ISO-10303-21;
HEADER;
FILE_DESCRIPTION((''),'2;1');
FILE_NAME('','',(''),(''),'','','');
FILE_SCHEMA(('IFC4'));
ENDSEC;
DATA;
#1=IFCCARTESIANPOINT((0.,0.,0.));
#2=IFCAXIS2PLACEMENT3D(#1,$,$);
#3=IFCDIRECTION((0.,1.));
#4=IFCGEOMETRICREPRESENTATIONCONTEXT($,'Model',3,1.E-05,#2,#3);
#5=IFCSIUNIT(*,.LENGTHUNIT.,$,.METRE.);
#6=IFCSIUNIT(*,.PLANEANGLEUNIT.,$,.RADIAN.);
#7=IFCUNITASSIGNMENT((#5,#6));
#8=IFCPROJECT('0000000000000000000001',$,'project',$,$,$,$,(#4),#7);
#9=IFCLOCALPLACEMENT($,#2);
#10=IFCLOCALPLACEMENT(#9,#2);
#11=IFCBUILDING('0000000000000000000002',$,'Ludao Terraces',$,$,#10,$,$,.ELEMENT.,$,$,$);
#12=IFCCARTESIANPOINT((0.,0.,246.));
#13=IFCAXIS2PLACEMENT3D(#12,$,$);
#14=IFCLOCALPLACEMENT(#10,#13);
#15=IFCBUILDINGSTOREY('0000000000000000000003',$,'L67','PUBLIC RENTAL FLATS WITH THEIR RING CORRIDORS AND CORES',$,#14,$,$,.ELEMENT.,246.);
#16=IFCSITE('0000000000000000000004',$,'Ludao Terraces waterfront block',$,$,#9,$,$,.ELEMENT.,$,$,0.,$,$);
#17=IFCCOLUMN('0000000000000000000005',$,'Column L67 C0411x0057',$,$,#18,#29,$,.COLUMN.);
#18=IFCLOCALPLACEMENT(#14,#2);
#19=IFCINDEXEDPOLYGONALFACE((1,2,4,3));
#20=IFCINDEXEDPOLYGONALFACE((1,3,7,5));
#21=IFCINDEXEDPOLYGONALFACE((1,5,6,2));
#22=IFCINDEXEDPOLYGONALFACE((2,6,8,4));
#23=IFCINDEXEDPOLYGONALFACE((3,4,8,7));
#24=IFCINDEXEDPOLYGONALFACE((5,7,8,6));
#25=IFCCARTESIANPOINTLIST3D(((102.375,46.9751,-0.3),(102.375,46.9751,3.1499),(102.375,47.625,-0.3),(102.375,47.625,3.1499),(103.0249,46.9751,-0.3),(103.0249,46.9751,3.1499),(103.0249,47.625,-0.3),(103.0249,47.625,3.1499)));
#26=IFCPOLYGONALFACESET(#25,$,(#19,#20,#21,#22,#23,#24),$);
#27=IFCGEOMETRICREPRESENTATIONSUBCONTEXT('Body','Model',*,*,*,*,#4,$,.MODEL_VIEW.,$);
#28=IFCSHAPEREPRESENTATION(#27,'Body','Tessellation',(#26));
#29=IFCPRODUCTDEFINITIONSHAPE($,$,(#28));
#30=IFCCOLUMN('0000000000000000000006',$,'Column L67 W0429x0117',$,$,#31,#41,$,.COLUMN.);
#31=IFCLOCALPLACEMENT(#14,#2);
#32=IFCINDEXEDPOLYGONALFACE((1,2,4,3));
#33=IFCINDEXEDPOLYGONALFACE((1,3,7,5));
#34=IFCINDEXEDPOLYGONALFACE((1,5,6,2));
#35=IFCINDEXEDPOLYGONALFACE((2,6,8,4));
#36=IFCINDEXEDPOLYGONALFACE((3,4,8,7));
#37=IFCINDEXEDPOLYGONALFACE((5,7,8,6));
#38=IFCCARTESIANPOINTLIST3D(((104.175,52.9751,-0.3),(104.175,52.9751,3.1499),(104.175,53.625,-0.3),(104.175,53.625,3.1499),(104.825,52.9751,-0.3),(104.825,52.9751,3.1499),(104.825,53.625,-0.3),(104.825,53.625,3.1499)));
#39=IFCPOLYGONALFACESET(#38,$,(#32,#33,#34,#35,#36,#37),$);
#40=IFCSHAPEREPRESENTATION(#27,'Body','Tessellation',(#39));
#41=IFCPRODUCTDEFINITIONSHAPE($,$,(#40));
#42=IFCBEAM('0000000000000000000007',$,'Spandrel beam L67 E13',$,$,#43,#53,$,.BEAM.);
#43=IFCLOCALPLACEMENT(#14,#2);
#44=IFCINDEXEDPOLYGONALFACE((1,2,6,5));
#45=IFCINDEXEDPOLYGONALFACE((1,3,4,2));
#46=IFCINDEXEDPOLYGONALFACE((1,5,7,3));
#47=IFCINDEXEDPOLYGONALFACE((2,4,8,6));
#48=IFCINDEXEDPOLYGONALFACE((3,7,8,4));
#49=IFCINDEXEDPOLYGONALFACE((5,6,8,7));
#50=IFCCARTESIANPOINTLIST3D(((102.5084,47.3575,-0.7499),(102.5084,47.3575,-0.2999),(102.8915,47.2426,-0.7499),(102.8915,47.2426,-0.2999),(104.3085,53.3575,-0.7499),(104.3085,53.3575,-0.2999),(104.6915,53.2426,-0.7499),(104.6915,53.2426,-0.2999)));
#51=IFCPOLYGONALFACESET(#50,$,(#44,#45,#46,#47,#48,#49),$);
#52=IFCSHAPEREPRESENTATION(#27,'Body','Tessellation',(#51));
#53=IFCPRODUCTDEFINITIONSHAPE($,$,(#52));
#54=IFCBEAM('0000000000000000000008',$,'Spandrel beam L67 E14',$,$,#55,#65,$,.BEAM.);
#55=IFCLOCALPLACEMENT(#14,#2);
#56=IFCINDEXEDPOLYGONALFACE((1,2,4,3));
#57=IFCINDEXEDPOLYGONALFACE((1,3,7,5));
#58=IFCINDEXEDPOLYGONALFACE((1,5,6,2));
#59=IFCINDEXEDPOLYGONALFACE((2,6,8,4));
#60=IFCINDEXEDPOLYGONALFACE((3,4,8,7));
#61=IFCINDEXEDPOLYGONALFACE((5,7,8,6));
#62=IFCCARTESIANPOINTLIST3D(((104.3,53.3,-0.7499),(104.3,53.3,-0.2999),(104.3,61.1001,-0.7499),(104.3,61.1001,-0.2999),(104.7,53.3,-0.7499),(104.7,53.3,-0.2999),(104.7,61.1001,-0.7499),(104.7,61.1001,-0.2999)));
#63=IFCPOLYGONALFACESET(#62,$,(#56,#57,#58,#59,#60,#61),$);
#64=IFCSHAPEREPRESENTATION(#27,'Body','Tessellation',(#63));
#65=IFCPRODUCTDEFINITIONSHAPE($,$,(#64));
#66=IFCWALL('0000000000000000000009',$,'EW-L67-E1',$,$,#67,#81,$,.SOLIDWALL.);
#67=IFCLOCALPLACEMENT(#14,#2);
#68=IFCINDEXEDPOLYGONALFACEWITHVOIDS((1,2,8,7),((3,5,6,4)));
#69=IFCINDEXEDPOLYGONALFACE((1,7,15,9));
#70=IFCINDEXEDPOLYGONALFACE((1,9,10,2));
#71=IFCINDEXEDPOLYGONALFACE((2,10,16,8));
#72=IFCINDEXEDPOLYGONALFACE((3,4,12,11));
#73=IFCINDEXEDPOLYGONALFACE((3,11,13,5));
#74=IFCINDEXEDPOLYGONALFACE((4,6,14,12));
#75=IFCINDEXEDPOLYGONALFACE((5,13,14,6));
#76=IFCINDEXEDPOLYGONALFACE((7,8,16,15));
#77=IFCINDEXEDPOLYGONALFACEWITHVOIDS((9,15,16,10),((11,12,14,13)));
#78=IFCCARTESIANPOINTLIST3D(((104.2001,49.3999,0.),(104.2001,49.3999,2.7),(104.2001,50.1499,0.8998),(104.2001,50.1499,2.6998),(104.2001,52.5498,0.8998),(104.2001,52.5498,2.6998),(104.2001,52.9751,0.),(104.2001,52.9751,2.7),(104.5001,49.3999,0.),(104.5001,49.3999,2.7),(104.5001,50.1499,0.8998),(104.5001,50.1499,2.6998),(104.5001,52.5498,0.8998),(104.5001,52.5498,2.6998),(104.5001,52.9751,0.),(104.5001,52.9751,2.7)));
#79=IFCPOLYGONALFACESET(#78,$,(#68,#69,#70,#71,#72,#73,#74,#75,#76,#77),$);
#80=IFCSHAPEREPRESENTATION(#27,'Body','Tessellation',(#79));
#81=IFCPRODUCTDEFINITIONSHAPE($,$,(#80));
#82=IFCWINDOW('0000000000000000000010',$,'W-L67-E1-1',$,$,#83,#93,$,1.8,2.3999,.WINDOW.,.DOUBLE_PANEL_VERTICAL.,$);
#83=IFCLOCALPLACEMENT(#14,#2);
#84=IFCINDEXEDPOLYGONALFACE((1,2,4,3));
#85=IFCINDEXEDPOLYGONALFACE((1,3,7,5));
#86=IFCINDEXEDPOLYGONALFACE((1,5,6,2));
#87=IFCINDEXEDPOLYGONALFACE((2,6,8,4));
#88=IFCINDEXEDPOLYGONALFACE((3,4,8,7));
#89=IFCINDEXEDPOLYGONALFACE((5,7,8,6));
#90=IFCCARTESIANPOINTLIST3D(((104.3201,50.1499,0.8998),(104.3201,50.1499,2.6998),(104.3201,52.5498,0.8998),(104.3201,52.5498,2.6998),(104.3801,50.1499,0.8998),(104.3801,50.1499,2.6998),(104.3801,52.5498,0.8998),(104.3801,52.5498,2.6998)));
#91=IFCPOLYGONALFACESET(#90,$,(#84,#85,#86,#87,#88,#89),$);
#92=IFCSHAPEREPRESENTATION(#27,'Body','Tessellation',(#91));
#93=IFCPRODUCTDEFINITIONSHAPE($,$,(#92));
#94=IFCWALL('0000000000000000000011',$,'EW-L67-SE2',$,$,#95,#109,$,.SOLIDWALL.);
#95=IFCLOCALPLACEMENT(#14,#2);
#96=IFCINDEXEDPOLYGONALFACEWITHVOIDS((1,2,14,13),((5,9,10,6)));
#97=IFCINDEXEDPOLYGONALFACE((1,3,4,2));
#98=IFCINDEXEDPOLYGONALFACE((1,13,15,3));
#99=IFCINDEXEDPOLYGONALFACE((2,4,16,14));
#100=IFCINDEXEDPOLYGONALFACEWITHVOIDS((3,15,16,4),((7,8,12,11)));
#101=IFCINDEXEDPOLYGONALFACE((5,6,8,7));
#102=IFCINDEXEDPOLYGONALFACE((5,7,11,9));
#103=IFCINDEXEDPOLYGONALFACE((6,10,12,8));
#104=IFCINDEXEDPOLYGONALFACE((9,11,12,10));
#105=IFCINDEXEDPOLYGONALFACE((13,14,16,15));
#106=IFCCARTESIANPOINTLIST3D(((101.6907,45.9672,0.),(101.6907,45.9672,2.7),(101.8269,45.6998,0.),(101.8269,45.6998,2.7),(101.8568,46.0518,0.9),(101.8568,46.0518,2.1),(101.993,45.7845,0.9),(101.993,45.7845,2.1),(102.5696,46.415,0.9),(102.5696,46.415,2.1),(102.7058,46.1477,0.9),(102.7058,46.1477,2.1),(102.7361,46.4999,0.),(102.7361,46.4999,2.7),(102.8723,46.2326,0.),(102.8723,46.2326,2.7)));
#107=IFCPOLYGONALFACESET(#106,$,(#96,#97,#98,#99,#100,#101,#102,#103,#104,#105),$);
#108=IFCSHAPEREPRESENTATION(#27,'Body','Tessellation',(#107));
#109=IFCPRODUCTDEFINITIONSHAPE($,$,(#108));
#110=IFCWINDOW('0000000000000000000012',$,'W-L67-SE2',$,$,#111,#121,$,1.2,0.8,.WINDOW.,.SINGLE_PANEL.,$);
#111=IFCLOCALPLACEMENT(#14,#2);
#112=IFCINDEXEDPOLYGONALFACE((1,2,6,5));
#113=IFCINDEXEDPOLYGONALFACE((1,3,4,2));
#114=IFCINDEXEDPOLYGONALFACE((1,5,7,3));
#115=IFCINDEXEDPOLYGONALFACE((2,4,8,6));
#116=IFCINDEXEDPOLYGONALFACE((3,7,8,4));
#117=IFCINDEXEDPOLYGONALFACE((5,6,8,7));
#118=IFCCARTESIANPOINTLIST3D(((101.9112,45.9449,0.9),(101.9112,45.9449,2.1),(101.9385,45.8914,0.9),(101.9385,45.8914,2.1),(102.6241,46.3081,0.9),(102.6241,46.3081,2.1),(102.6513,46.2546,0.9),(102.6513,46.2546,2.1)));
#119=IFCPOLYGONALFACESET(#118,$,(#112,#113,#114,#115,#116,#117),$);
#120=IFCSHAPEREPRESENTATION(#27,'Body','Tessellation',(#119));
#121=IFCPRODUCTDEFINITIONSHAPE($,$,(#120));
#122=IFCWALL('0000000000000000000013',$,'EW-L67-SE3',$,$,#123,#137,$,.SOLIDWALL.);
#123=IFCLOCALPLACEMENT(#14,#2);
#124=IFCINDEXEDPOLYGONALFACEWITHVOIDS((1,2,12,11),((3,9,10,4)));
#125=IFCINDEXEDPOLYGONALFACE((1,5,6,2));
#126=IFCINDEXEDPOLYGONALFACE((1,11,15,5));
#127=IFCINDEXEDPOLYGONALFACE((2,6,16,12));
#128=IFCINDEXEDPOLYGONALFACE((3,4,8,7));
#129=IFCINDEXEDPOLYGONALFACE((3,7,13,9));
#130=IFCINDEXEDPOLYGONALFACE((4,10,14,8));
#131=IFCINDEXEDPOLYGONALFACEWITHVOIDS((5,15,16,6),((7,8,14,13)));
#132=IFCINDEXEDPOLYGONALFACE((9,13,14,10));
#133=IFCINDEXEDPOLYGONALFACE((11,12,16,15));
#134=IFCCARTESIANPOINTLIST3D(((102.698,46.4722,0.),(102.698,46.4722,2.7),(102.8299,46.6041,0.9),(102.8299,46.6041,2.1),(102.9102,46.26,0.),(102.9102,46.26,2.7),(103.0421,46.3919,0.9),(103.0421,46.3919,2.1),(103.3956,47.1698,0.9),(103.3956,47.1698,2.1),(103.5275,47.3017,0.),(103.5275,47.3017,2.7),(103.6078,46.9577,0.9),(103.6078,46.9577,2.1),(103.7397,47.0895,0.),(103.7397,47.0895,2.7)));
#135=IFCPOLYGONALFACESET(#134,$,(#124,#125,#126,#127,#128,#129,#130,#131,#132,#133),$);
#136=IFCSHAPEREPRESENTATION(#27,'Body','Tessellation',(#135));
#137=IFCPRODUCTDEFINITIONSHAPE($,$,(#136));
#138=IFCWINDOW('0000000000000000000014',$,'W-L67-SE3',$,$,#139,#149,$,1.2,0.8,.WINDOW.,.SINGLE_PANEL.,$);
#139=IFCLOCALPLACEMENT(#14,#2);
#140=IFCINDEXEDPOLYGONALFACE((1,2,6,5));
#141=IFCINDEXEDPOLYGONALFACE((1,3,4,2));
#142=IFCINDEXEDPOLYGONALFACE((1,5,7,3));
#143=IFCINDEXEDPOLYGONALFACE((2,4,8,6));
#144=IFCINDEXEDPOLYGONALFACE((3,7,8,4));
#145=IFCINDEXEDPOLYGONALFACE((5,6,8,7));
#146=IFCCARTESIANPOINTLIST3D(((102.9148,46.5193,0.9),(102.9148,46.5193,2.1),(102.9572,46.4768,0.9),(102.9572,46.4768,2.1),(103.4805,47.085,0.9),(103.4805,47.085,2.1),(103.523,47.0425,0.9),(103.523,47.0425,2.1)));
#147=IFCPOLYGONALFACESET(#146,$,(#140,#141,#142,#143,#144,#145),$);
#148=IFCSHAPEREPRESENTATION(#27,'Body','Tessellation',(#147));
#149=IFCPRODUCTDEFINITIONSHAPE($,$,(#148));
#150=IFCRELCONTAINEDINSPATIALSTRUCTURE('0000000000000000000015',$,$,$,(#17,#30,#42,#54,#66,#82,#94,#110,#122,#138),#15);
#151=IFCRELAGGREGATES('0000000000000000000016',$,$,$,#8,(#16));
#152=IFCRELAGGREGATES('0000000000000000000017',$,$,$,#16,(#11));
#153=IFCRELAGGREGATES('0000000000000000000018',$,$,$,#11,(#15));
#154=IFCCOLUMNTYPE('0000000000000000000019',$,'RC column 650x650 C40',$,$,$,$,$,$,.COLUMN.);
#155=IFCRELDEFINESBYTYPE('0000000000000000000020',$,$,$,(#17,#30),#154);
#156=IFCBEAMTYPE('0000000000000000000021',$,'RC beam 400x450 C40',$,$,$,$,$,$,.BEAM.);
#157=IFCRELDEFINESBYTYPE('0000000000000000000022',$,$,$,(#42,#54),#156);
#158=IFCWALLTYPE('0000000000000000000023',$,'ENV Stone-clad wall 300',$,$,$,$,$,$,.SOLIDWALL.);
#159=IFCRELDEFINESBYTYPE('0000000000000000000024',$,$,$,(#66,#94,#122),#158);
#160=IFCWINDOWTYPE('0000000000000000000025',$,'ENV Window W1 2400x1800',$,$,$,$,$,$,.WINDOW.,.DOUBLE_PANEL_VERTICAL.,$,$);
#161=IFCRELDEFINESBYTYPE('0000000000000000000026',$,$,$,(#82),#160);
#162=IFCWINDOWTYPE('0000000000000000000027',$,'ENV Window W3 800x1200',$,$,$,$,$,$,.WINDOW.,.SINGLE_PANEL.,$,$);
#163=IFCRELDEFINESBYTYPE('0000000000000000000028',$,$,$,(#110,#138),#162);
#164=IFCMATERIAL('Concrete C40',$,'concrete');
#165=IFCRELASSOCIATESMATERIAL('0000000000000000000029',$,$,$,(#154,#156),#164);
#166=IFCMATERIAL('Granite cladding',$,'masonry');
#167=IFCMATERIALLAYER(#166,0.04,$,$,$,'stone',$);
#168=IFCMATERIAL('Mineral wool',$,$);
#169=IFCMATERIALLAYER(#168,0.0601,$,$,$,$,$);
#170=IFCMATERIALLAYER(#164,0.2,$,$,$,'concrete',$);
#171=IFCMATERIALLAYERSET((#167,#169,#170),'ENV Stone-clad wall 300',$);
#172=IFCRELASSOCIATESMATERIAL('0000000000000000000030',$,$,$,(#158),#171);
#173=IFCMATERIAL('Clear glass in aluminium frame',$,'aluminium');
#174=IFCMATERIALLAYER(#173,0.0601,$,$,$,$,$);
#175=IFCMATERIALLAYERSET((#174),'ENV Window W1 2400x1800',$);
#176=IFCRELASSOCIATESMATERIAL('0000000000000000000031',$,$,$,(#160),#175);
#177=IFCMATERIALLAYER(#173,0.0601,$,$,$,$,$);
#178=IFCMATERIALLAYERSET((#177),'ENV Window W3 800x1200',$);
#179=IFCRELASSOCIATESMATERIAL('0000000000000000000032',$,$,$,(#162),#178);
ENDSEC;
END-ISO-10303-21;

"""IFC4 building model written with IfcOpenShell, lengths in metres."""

from ifc_helpers import new_model, si_unit, direction, frame, frame_2d, origin, origin_2d, place, context, subcontext, project, spatial, rectangle, extrude, material, layer, layer_set, material_profile, profile_set, type_object, element, fill, save


model = new_model("IFC4")

# Units and contexts
model_context = context("Model", 3, precision=1e-05, world=origin(), true_north=direction((0.0, 1.0)))
body_context = subcontext(model_context, "Body", "Model", "MODEL_VIEW")
ifc_project = project(units=[si_unit("LENGTHUNIT", "METRE"), si_unit("PLANEANGLEUNIT", "RADIAN")], contexts=[model_context])

# Site, building, storey
site_placement = place(None, origin())
site = spatial("IfcSite", under=ifc_project, at=site_placement, Name="Ludao Terraces waterfront block", CompositionType="ELEMENT", RefElevation=0.0)
building_placement = place(site_placement, origin())
building = spatial("IfcBuilding", under=site, at=building_placement, Name="Ludao Terraces", CompositionType="ELEMENT")
storey_placement = place(building_placement, frame((0.0, 0.0, 246.0)))
storey = spatial("IfcBuildingStorey", under=building, at=storey_placement, Name="L67", Description="PUBLIC RENTAL FLATS WITH THEIR RING CORRIDORS AND CORES", CompositionType="ELEMENT", Elevation=246.0)

# Columns
ifc_material_1 = material(Name="Concrete C40", Category="concrete")
ifc_material_profile_1 = material_profile(ifc_material_1, rectangle(XDim=0.6499, YDim=0.6499, at=origin_2d()), Name="650 X 650")
ifc_profile_set_1 = profile_set([ifc_material_profile_1], Name="Concrete C40")
column_type = type_object("IfcColumnType", Name="RC column 650x650 C40", PredefinedType="COLUMN", material=ifc_profile_set_1)
for number, where, z_axis, x_axis, name in (
    (1, (102.7, 47.3, -0.3), (0.0, 0.0, 1.0), (1.0, 0.0, 0.0), "Column L67 C0411x0057"),
    (2, (104.5, 53.3, -0.3), (0.0, 0.0, 1.0), (1.0, 0.0, 0.0), "Column L67 W0429x0117"),
):
    element("IfcColumn", number, at=place(storey_placement, frame(where, z_axis=z_axis, x_axis=x_axis)), inside=storey, type_object=column_type, Name=name, PredefinedType="COLUMN", context=body_context, shape_type="SweptSolid", body=[
        extrude(rectangle(XDim=0.6499, YDim=0.6499, at=origin_2d()), origin(), (0.0, 0.0, 1.0), 3.45),
    ])

# Beams
ifc_material_profile_2 = material_profile(ifc_material_1, rectangle(XDim=0.3999, YDim=0.45, at=origin_2d()), Name="400 X 450")
ifc_profile_set_2 = profile_set([ifc_material_profile_2], Name="Concrete C40")
beam_type = type_object("IfcBeamType", Name="RC beam 400x450 C40", PredefinedType="BEAM", material=ifc_profile_set_2)
beam_1_placement = place(storey_placement, frame((102.7, 47.3, -0.5249), z_axis=(0.287355, 0.957824, 0.0), x_axis=(-0.957824, 0.287355, 0.0)))
element("IfcBeam", 3, at=beam_1_placement, inside=storey, type_object=beam_type, Name="Spandrel beam L67 E13", PredefinedType="BEAM", context=body_context, shape_type="SweptSolid", body=[
    extrude(rectangle(XDim=0.3999, YDim=0.45, at=origin_2d()), origin(), (0.0, 0.0, 1.0), 6.2642),
])
beam_2_placement = place(storey_placement, frame((104.5, 53.3, -0.5249), z_axis=(0.0, 1.0, 0.0), x_axis=(-1.0, 0.0, 0.0)))
element("IfcBeam", 4, at=beam_2_placement, inside=storey, type_object=beam_type, Name="Spandrel beam L67 E14", PredefinedType="BEAM", context=body_context, shape_type="SweptSolid", body=[
    extrude(rectangle(XDim=0.3999, YDim=0.45, at=origin_2d()), origin(), (0.0, 0.0, 1.0), 7.8),
])

# Walls, openings, windows
ifc_material_2 = material(Name="Granite cladding", Category="masonry")
ifc_layer_1 = layer(ifc_material_2, 0.04, Category="stone")
ifc_material_3 = material(Name="Mineral wool")
ifc_layer_2 = layer(ifc_material_3, 0.0601)
ifc_layer_3 = layer(ifc_material_1, 0.2, Category="concrete")
ifc_layer_set_1 = layer_set([ifc_layer_1, ifc_layer_2, ifc_layer_3], Name="ENV Stone-clad wall 300")
wall_type = type_object("IfcWallType", Name="ENV Stone-clad wall 300", PredefinedType="SOLIDWALL", material=ifc_layer_set_1)
wall_1_placement = place(storey_placement, frame((104.3501, 49.3999, 0.0), z_axis=(0.0, 0.0, 1.0), x_axis=(0.0, 1.0, 0.0)))
wall_1 = element("IfcWall", 5, at=wall_1_placement, inside=storey, type_object=wall_type, Name="EW-L67-E1", PredefinedType="SOLIDWALL", context=body_context, shape_type="SweptSolid", body=[
    extrude(rectangle(XDim=3.5752, YDim=0.3, at=frame_2d((1.7876, 0.0))), origin(), (0.0, 0.0, 1.0), 2.7),
])
opening_1_placement = place(wall_1_placement, frame((0.75, 0.0, 0.8999)))
opening_1 = element("IfcOpeningElement", 6, at=opening_1_placement, cuts=wall_1, PredefinedType="OPENING", context=body_context, shape_type="SweptSolid", body=[
    extrude(rectangle(XDim=2.3999, YDim=1.8, at=frame_2d((1.2, 0.8999))), frame((0.0, 0.1602, 0.0), z_axis=(0.0, -1.0, 0.0), x_axis=(1.0, 0.0, 0.0)), (0.0, 0.0, 1.0), 0.3201),
])
ifc_material_4 = material(Name="Clear glass in aluminium frame", Category="aluminium")
ifc_layer_4 = layer(ifc_material_4, 0.0601)
ifc_layer_set_2 = layer_set([ifc_layer_4], Name="ENV Window W1 2400x1800")
window_type_1 = type_object("IfcWindowType", Name="ENV Window W1 2400x1800", PartitioningType="DOUBLE_PANEL_VERTICAL", PredefinedType="WINDOW", material=ifc_layer_set_2)
window_1_placement = place(opening_1_placement, origin())
window_1 = element("IfcWindow", 7, at=window_1_placement, inside=storey, type_object=window_type_1, Name="W-L67-E1-1", OverallHeight=1.8, OverallWidth=2.3999, PartitioningType="DOUBLE_PANEL_VERTICAL", PredefinedType="WINDOW", context=body_context, shape_type="SweptSolid", body=[
    extrude(rectangle(XDim=2.3999, YDim=1.8, at=frame_2d((1.2, 0.8999))), frame((0.0, 0.03, 0.0), z_axis=(0.0, -1.0, 0.0), x_axis=(1.0, 0.0, 0.0)), (0.0, 0.0, 1.0), 0.0601),
])
fill(opening_1, window_1)
wall_2_placement = place(storey_placement, frame((101.7588, 45.8335, 0.0), z_axis=(0.0, 0.0, 1.0), x_axis=(0.890989, 0.454026, 0.0)))
wall_2 = element("IfcWall", 8, at=wall_2_placement, inside=storey, type_object=wall_type, Name="EW-L67-SE2", PredefinedType="SOLIDWALL", context=body_context, shape_type="SweptSolid", body=[
    extrude(rectangle(XDim=1.1733, YDim=0.3, at=frame_2d((0.5867, 0.0))), origin(), (0.0, 0.0, 1.0), 2.7),
])
opening_2_placement = place(wall_2_placement, frame((0.1865, 0.0, 0.8999)))
opening_2 = element("IfcOpeningElement", 9, at=opening_2_placement, cuts=wall_2, PredefinedType="OPENING", context=body_context, shape_type="SweptSolid", body=[
    extrude(rectangle(XDim=0.8, YDim=1.2, at=frame_2d((0.3999, 0.6001))), frame((0.0, 0.1602, 0.0), z_axis=(0.0, -1.0, 0.0), x_axis=(1.0, 0.0, 0.0)), (0.0, 0.0, 1.0), 0.3201),
])
ifc_layer_5 = layer(ifc_material_4, 0.0601)
ifc_layer_set_3 = layer_set([ifc_layer_5], Name="ENV Window W3 800x1200")
window_type_2 = type_object("IfcWindowType", Name="ENV Window W3 800x1200", PartitioningType="SINGLE_PANEL", PredefinedType="WINDOW", material=ifc_layer_set_3)
window_2_placement = place(opening_2_placement, origin())
window_2 = element("IfcWindow", 10, at=window_2_placement, inside=storey, type_object=window_type_2, Name="W-L67-SE2", OverallHeight=1.2, OverallWidth=0.8, PartitioningType="SINGLE_PANEL", PredefinedType="WINDOW", context=body_context, shape_type="SweptSolid", body=[
    extrude(rectangle(XDim=0.8, YDim=1.2, at=frame_2d((0.3999, 0.6001))), frame((0.0, 0.03, 0.0), z_axis=(0.0, -1.0, 0.0), x_axis=(1.0, 0.0, 0.0)), (0.0, 0.0, 1.0), 0.0601),
])
fill(opening_2, window_2)
wall_3_placement = place(storey_placement, frame((102.8042, 46.3662, 0.0), z_axis=(0.0, 0.0, 1.0), x_axis=(0.707107, 0.707107, 0.0)))
wall_3 = element("IfcWall", 11, at=wall_3_placement, inside=storey, type_object=wall_type, Name="EW-L67-SE3", PredefinedType="SOLIDWALL", context=body_context, shape_type="SweptSolid", body=[
    extrude(rectangle(XDim=1.1731, YDim=0.3, at=frame_2d((0.5864, 0.0))), origin(), (0.0, 0.0, 1.0), 2.7),
])
opening_3_placement = place(wall_3_placement, frame((0.1865, 0.0, 0.8999)))
opening_3 = element("IfcOpeningElement", 12, at=opening_3_placement, cuts=wall_3, PredefinedType="OPENING", context=body_context, shape_type="SweptSolid", body=[
    extrude(rectangle(XDim=0.8, YDim=1.2, at=frame_2d((0.3999, 0.6001))), frame((0.0, 0.1602, 0.0), z_axis=(0.0, -1.0, 0.0), x_axis=(1.0, 0.0, 0.0)), (0.0, 0.0, 1.0), 0.3201),
])
window_3_placement = place(opening_3_placement, origin())
window_3 = element("IfcWindow", 13, at=window_3_placement, inside=storey, type_object=window_type_2, Name="W-L67-SE3", OverallHeight=1.2, OverallWidth=0.8, PartitioningType="SINGLE_PANEL", PredefinedType="WINDOW", context=body_context, shape_type="SweptSolid", body=[
    extrude(rectangle(XDim=0.8, YDim=1.2, at=frame_2d((0.3999, 0.6001))), frame((0.0, 0.03, 0.0), z_axis=(0.0, -1.0, 0.0), x_axis=(1.0, 0.0, 0.0)), (0.0, 0.0, 1.0), 0.0601),
])
fill(opening_3, window_3)

save(model, "model.ifc")
